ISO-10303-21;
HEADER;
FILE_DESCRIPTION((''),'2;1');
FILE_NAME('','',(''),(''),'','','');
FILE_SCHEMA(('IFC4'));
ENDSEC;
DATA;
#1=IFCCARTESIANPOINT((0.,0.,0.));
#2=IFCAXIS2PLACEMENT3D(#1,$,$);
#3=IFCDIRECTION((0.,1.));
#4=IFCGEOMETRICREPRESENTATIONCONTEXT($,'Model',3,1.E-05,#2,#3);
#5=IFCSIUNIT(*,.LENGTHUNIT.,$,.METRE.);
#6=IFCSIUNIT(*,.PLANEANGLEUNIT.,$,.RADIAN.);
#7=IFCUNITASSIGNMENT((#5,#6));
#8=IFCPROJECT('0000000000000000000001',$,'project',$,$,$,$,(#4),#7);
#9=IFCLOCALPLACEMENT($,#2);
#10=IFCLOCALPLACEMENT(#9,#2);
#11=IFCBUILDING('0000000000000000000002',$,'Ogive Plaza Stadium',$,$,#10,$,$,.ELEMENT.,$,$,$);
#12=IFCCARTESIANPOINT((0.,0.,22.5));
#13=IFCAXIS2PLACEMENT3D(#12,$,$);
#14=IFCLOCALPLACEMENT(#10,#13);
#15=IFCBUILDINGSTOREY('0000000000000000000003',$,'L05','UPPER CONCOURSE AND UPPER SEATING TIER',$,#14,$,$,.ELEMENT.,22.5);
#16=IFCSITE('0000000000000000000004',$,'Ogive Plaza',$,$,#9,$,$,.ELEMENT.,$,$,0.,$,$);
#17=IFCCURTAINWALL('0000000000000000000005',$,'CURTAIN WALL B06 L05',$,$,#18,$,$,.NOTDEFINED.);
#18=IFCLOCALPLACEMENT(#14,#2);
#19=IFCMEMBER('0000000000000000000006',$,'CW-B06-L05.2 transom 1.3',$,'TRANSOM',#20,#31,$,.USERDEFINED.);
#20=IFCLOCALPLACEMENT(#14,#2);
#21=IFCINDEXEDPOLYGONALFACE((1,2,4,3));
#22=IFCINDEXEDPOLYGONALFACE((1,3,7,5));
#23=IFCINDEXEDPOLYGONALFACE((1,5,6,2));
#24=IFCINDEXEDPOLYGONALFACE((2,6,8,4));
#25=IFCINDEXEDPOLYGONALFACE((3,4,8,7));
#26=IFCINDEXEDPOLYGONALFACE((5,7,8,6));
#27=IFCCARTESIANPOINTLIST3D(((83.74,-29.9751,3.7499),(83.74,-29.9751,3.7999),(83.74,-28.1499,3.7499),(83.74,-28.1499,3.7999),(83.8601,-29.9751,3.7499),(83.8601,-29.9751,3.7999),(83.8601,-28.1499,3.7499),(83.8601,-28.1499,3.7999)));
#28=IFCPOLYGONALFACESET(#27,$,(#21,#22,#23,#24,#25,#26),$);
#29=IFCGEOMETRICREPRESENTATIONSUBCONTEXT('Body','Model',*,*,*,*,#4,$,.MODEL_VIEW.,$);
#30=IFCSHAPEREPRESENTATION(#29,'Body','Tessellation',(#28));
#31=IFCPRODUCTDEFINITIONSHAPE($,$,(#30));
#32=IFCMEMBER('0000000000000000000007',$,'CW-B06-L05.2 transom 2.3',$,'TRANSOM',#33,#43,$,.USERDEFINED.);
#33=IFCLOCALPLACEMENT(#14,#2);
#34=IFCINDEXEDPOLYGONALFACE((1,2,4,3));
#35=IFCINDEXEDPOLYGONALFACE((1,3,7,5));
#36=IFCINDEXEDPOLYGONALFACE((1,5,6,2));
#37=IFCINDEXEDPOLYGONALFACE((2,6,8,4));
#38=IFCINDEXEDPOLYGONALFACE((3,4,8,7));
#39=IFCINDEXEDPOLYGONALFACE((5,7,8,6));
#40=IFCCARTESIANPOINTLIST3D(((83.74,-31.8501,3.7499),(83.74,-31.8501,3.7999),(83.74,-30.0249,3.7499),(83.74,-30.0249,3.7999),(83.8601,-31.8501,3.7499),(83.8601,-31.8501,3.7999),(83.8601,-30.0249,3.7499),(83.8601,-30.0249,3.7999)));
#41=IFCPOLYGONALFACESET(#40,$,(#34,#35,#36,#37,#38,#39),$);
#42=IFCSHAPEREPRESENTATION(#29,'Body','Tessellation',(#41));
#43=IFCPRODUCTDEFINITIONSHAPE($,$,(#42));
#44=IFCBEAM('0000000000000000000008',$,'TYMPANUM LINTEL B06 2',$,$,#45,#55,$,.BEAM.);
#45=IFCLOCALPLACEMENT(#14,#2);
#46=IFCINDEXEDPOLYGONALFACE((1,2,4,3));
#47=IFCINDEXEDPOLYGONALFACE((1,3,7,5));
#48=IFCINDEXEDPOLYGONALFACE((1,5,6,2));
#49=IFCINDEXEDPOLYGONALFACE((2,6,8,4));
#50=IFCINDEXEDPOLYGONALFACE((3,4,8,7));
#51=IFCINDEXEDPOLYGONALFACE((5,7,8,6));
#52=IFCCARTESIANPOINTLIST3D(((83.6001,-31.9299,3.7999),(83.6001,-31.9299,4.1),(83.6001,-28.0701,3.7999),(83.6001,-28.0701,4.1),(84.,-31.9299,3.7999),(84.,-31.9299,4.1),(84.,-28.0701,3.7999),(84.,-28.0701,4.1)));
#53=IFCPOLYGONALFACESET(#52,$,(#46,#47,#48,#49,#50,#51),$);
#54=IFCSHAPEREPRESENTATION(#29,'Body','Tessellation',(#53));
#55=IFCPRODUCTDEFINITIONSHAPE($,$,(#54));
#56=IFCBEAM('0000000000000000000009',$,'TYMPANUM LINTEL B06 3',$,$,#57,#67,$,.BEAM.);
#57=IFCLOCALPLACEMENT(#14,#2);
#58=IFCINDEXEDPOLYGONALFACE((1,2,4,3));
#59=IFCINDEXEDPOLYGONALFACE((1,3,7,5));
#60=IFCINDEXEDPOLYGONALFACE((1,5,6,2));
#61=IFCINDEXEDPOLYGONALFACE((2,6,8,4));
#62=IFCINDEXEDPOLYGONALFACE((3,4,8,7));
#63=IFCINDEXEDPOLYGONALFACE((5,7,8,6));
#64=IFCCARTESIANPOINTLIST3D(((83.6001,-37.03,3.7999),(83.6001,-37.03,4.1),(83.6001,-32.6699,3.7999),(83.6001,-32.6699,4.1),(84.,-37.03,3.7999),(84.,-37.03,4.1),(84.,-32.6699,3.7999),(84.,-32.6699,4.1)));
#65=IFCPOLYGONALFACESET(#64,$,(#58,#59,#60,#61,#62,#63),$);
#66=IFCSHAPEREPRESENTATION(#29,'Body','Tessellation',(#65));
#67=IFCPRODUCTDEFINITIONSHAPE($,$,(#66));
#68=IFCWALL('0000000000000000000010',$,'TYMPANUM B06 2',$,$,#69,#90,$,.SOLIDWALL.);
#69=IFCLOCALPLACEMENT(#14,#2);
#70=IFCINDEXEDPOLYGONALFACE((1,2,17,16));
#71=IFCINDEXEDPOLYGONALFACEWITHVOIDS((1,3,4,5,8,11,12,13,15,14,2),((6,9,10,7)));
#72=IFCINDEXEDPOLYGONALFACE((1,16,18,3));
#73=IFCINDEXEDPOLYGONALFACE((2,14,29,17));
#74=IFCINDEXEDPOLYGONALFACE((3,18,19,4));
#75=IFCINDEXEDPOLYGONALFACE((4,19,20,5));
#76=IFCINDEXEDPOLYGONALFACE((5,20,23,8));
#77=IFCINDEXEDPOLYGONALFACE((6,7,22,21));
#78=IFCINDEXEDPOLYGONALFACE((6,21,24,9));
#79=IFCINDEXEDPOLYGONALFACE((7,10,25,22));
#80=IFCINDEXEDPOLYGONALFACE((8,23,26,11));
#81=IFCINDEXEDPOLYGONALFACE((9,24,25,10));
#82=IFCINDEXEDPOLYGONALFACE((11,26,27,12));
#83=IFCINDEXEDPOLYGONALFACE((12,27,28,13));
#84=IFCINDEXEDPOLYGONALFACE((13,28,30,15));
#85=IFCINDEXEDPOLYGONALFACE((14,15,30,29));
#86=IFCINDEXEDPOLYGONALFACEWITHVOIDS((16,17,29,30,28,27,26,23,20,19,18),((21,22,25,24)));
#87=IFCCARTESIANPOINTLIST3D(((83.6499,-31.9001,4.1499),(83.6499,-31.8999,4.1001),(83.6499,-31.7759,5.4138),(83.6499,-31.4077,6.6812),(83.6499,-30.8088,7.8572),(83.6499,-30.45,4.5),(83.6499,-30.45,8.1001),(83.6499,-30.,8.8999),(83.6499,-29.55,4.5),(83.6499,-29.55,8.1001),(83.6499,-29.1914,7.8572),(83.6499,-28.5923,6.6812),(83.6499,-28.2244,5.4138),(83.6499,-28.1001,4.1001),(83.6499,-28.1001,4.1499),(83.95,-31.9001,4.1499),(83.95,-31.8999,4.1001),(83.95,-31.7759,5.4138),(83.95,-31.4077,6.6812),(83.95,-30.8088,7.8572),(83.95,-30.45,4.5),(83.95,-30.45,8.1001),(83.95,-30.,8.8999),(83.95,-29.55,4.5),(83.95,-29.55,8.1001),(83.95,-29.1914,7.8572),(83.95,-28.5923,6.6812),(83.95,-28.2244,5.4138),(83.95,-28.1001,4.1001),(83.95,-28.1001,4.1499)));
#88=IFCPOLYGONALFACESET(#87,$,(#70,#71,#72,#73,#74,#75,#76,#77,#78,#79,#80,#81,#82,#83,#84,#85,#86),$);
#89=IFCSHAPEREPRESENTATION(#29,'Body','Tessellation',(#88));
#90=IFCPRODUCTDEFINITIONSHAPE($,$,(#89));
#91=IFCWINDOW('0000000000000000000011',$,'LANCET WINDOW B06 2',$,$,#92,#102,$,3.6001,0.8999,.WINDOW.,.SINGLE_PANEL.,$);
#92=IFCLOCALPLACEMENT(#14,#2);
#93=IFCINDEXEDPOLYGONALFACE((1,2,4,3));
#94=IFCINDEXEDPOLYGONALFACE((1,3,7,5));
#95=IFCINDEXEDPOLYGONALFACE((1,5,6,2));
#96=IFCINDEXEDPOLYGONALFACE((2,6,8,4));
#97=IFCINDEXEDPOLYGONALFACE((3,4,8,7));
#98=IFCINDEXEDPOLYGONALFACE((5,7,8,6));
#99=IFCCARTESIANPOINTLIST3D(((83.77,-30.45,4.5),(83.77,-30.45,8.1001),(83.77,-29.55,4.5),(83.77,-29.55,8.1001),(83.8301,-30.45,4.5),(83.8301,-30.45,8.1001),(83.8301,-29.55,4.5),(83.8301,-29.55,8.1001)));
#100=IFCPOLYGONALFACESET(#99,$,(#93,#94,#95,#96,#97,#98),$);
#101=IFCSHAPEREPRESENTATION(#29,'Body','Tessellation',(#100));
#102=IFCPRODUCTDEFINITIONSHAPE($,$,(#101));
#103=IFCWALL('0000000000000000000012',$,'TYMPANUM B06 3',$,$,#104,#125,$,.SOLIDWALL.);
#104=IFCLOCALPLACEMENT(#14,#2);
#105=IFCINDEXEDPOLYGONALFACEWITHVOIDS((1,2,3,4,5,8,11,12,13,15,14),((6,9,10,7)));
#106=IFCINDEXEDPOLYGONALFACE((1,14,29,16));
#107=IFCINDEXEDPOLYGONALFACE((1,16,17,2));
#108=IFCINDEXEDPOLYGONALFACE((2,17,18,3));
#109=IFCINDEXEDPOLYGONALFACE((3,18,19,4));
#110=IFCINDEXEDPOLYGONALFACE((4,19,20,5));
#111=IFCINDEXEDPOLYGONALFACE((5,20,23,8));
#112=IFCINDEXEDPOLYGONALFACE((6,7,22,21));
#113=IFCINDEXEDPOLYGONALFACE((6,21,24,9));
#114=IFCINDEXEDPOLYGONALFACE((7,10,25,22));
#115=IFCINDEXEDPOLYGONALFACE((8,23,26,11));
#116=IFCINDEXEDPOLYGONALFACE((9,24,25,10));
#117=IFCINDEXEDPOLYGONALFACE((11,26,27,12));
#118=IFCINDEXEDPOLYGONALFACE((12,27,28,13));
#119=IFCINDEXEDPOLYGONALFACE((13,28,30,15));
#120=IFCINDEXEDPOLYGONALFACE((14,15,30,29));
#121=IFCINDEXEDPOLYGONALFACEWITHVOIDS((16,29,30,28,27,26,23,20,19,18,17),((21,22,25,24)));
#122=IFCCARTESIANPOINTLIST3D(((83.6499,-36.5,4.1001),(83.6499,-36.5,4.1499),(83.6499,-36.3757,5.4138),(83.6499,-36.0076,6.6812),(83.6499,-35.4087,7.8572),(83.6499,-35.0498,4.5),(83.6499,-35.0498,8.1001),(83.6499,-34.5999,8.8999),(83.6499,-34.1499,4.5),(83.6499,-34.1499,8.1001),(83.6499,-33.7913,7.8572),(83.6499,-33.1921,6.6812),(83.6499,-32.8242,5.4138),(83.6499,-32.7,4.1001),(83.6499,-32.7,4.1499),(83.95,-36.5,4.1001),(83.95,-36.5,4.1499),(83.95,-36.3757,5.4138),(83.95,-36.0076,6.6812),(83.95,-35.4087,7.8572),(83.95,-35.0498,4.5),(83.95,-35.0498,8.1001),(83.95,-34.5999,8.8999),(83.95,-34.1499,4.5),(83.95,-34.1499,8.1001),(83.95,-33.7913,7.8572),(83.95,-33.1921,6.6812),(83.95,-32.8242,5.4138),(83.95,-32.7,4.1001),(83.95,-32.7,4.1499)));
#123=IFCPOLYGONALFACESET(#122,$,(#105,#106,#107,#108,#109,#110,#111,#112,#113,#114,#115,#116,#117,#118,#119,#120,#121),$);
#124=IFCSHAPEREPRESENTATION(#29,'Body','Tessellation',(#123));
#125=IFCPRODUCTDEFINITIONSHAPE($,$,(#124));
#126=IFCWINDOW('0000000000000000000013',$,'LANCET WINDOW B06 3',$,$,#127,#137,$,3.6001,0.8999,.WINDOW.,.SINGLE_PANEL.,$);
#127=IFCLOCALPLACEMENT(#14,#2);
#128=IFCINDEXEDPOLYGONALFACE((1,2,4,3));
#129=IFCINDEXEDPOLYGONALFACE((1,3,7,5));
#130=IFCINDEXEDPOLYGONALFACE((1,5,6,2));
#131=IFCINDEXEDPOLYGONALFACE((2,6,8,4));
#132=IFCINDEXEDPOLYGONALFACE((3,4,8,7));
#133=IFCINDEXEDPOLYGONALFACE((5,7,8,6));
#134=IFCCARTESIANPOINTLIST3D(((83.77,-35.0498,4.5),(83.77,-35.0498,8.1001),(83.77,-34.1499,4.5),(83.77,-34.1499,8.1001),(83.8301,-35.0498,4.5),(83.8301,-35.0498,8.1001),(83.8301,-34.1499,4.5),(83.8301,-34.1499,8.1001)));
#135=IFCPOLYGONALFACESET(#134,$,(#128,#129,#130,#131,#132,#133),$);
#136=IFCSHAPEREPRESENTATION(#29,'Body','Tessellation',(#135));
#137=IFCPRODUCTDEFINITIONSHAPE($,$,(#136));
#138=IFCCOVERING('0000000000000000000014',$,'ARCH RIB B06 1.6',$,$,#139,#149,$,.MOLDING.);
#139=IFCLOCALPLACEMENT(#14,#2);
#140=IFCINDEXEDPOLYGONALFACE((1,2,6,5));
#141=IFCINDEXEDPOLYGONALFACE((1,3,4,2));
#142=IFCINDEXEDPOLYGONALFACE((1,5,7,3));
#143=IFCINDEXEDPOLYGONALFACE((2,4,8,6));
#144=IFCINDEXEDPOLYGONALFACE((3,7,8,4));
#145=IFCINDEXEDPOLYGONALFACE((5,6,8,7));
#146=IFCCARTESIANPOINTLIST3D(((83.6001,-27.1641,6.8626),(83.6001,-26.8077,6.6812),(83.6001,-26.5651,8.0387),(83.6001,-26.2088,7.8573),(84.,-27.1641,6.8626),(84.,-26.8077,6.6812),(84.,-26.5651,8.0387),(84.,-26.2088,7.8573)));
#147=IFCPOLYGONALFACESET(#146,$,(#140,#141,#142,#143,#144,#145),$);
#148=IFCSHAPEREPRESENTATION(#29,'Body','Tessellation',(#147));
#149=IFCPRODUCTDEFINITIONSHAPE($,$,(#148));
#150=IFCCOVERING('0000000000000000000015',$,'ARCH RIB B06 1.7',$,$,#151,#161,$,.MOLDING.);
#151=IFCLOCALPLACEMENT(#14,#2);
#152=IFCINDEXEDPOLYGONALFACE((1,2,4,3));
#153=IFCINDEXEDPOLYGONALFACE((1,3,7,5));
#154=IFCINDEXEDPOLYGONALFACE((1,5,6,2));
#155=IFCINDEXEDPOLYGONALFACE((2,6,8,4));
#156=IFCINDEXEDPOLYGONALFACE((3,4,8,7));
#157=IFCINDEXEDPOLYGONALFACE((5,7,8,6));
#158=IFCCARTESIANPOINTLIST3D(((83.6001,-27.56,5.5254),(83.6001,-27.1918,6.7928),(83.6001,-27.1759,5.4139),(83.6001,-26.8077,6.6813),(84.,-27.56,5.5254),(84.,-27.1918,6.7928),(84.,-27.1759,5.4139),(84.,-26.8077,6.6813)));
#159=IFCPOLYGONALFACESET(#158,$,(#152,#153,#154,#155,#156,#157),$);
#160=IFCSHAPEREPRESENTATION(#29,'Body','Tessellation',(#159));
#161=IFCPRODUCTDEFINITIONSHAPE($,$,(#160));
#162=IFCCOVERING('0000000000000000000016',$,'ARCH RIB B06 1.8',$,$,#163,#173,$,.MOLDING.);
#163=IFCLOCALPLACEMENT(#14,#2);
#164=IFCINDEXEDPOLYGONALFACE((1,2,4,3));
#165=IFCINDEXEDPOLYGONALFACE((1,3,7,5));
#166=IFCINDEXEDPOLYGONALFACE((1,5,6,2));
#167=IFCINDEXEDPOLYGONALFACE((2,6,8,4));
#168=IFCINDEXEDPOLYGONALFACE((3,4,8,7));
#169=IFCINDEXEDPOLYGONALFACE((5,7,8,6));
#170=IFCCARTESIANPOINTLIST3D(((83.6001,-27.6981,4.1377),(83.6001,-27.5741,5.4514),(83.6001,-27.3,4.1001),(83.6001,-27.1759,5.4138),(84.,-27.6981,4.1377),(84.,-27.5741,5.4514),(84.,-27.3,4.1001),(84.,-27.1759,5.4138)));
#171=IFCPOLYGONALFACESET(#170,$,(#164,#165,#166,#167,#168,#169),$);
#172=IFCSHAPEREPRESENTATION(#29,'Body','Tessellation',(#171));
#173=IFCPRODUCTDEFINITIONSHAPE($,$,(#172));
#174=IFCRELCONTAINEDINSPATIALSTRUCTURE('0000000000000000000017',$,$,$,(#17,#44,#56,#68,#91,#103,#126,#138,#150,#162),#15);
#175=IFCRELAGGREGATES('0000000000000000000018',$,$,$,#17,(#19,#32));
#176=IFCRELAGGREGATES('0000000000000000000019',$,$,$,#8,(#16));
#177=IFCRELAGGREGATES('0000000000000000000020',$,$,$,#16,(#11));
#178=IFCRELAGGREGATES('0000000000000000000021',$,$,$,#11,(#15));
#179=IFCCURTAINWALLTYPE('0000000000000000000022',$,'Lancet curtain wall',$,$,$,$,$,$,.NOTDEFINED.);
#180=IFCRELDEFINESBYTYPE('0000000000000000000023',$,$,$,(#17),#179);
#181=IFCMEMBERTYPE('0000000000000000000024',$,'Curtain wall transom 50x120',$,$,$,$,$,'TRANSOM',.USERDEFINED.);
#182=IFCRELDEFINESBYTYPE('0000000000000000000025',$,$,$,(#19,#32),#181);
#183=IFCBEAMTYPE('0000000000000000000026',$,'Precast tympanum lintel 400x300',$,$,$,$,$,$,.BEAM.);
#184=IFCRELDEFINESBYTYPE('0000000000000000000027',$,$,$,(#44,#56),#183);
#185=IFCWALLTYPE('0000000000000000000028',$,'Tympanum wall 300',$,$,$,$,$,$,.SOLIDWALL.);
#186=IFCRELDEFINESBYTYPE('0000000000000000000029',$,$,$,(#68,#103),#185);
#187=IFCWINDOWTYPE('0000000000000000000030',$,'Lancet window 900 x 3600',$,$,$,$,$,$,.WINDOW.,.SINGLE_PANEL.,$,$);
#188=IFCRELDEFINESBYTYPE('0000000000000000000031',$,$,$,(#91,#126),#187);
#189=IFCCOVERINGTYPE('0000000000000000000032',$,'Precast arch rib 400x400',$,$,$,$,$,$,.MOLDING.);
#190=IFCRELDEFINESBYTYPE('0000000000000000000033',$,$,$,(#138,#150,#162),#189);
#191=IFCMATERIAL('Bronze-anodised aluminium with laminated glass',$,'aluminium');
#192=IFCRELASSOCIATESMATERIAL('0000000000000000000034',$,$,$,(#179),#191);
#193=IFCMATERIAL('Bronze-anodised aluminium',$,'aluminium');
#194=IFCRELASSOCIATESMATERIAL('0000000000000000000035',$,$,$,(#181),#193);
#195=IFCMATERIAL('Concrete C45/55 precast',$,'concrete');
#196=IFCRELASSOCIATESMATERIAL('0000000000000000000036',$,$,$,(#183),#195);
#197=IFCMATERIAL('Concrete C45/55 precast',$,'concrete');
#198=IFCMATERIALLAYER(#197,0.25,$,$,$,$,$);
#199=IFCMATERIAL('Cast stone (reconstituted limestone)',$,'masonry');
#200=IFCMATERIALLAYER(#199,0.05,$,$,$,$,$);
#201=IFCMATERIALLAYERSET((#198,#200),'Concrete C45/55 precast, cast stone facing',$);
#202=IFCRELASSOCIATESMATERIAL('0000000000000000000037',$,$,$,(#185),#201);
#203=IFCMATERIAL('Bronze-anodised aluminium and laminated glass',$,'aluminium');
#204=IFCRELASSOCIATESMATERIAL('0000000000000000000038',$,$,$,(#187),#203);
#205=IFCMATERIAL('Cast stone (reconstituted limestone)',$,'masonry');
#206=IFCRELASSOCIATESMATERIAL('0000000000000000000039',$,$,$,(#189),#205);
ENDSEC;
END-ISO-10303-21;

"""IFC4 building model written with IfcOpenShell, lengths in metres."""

from ifc_helpers import new_model, si_unit, direction, frame, frame_2d, origin, origin_2d, place, context, subcontext, project, spatial, polyline, rectangle, outline, extrude, material, layer, layer_set, material_profile, profile_set, type_object, element, fill, aggregate, save


model = new_model("IFC4")

# Units and contexts
model_context = context("Model", 3, precision=1e-05, world=origin(), true_north=direction((0.0, 1.0)))
body_context = subcontext(model_context, "Body", "Model", "MODEL_VIEW")
ifc_project = project(units=[si_unit("LENGTHUNIT", "METRE"), si_unit("PLANEANGLEUNIT", "RADIAN")], contexts=[model_context])

# Site, building, storey
site_placement = place(None, origin())
site = spatial("IfcSite", under=ifc_project, at=site_placement, Name="Ogive Plaza", CompositionType="ELEMENT", RefElevation=0.0)
building_placement = place(site_placement, origin())
building = spatial("IfcBuilding", under=site, at=building_placement, Name="Ogive Plaza Stadium", CompositionType="ELEMENT")
storey_placement = place(building_placement, frame((0.0, 0.0, 22.5)))
storey = spatial("IfcBuildingStorey", under=building, at=storey_placement, Name="L05", Description="UPPER CONCOURSE AND UPPER SEATING TIER", CompositionType="ELEMENT", Elevation=22.5)

# Curtain wall, members
ifc_material_1 = material(Name="Bronze-anodised aluminium with laminated glass", Category="aluminium")
curtain_wall_type = type_object("IfcCurtainWallType", Name="Lancet curtain wall", PredefinedType="NOTDEFINED", material=ifc_material_1)
curtain_wall_placement = place(storey_placement, origin())
curtain_wall = element("IfcCurtainWall", 1, at=curtain_wall_placement, inside=storey, type_object=curtain_wall_type, Name="CURTAIN WALL B06 L05", PredefinedType="NOTDEFINED")
ifc_material_2 = material(Name="Bronze-anodised aluminium", Category="aluminium")
ifc_material_profile_1 = material_profile(ifc_material_2, rectangle(XDim=0.1201, YDim=0.05, at=origin_2d()), Name="AL 120x50")
ifc_profile_set_1 = profile_set([ifc_material_profile_1], Name="Bronze-anodised aluminium")
member_type = type_object("IfcMemberType", Name="Curtain wall transom 50x120", ElementType="TRANSOM", PredefinedType="USERDEFINED", material=ifc_profile_set_1)
member_1_placement = place(storey_placement, frame((83.8, -28.1499, 3.7749), z_axis=(0.0, -1.0, 0.0), x_axis=(1.0, 0.0, 0.0)))
member_1 = element("IfcMember", 2, at=member_1_placement, type_object=member_type, Name="CW-B06-L05.2 transom 1.3", ObjectType="TRANSOM", PredefinedType="USERDEFINED", context=body_context, shape_type="SweptSolid", body=[
    extrude(rectangle(XDim=0.1201, YDim=0.05, at=origin_2d()), origin(), (0.0, 0.0, 1.0), 1.8252),
])
member_2_placement = place(storey_placement, frame((83.8, -30.0249, 3.7749), z_axis=(0.0, -1.0, 0.0), x_axis=(1.0, 0.0, 0.0)))
member_2 = element("IfcMember", 3, at=member_2_placement, type_object=member_type, Name="CW-B06-L05.2 transom 2.3", ObjectType="TRANSOM", PredefinedType="USERDEFINED", context=body_context, shape_type="SweptSolid", body=[
    extrude(rectangle(XDim=0.1201, YDim=0.05, at=origin_2d()), origin(), (0.0, 0.0, 1.0), 1.8252),
])
aggregate(curtain_wall, [member_1, member_2])

# Beams
ifc_material_3 = material(Name="Concrete C45/55 precast", Category="concrete")
ifc_material_profile_2 = material_profile(ifc_material_3, rectangle(XDim=0.3999, YDim=0.3, at=origin_2d()), Name="RC 400x300")
ifc_profile_set_2 = profile_set([ifc_material_profile_2], Name="Concrete C45/55 precast")
beam_type = type_object("IfcBeamType", Name="Precast tympanum lintel 400x300", PredefinedType="BEAM", material=ifc_profile_set_2)
beam_1_placement = place(storey_placement, frame((83.8, -28.0701, 3.95), z_axis=(0.0, -1.0, 0.0), x_axis=(1.0, 0.0, 0.0)))
element("IfcBeam", 4, at=beam_1_placement, inside=storey, type_object=beam_type, Name="TYMPANUM LINTEL B06 2", PredefinedType="BEAM", context=body_context, shape_type="SweptSolid", body=[
    extrude(rectangle(XDim=0.3999, YDim=0.3, at=origin_2d()), origin(), (0.0, 0.0, 1.0), 3.8599),
])
beam_2_placement = place(storey_placement, frame((83.8, -32.6699, 3.95), z_axis=(0.0, -1.0, 0.0), x_axis=(1.0, 0.0, 0.0)))
element("IfcBeam", 5, at=beam_2_placement, inside=storey, type_object=beam_type, Name="TYMPANUM LINTEL B06 3", PredefinedType="BEAM", context=body_context, shape_type="SweptSolid", body=[
    extrude(rectangle(XDim=0.3999, YDim=0.3, at=origin_2d()), origin(), (0.0, 0.0, 1.0), 4.3601),
])

# Walls, openings, windows
ifc_material_4 = material(Name="Concrete C45/55 precast", Category="concrete")
ifc_layer_1 = layer(ifc_material_4, 0.25)
ifc_material_5 = material(Name="Cast stone (reconstituted limestone)", Category="masonry")
ifc_layer_2 = layer(ifc_material_5, 0.05)
ifc_layer_set = layer_set([ifc_layer_1, ifc_layer_2], Name="Concrete C45/55 precast, cast stone facing")
wall_type = type_object("IfcWallType", Name="Tympanum wall 300", PredefinedType="SOLIDWALL", material=ifc_layer_set)
wall_1_placement = place(storey_placement, frame((83.8, -28.1001, 4.1001), z_axis=(0.0, 0.0, 1.0), x_axis=(0.0, -1.0, 0.0)))
wall_1 = element("IfcWall", 6, at=wall_1_placement, inside=storey, type_object=wall_type, Name="TYMPANUM B06 2", PredefinedType="SOLIDWALL", context=body_context, shape_type="SweptSolid", body=[
    extrude(outline(polyline([(0.0, 0.0), (3.7998, 0.0), (3.8, 0.0498), (3.6758, 1.3137), (3.3076, 2.5811), (2.7087, 3.7571), (1.8999, 4.7998), (1.0913, 3.7571), (0.4922, 2.5811), (0.1243, 1.3137), (0.0, 0.0498), (0.0, 0.0)])), frame((0.0, 0.1499, 0.0), z_axis=(0.0, -1.0, 0.0), x_axis=(1.0, 0.0, 0.0)), (0.0, 0.0, 1.0), 0.3),
])
opening_1_placement = place(wall_1_placement, frame((1.45, 0.0, 0.3999)))
opening_1 = element("IfcOpeningElement", 7, at=opening_1_placement, cuts=wall_1, PredefinedType="OPENING", context=body_context, shape_type="SweptSolid", body=[
    extrude(rectangle(XDim=0.8999, YDim=3.6001, at=frame_2d((0.45, 1.8))), frame((0.0, 0.1602, 0.0), z_axis=(0.0, -1.0, 0.0), x_axis=(1.0, 0.0, 0.0)), (0.0, 0.0, 1.0), 0.3201),
])
ifc_material_6 = material(Name="Bronze-anodised aluminium and laminated glass", Category="aluminium")
window_type = type_object("IfcWindowType", Name="Lancet window 900 x 3600", PartitioningType="SINGLE_PANEL", PredefinedType="WINDOW", material=ifc_material_6)
window_1_placement = place(opening_1_placement, origin())
window_1 = element("IfcWindow", 8, at=window_1_placement, inside=storey, type_object=window_type, Name="LANCET WINDOW B06 2", OverallHeight=3.6001, OverallWidth=0.8999, PartitioningType="SINGLE_PANEL", PredefinedType="WINDOW", context=body_context, shape_type="SweptSolid", body=[
    extrude(rectangle(XDim=0.8999, YDim=3.6001, at=frame_2d((0.45, 1.8))), frame((0.0, 0.03, 0.0), z_axis=(0.0, -1.0, 0.0), x_axis=(1.0, 0.0, 0.0)), (0.0, 0.0, 1.0), 0.0601),
])
fill(opening_1, window_1)
wall_2_placement = place(storey_placement, frame((83.8, -32.7, 4.1001), z_axis=(0.0, 0.0, 1.0), x_axis=(0.0, -1.0, 0.0)))
wall_2 = element("IfcWall", 9, at=wall_2_placement, inside=storey, type_object=wall_type, Name="TYMPANUM B06 3", PredefinedType="SOLIDWALL", context=body_context, shape_type="SweptSolid", body=[
    extrude(outline(polyline([(0.0, 0.0), (3.8, 0.0), (3.8, 0.0498), (3.6758, 1.3137), (3.3076, 2.5811), (2.7087, 3.7571), (1.8999, 4.7998), (1.0913, 3.7571), (0.4922, 2.5811), (0.1243, 1.3137), (0.0, 0.0498), (0.0, 0.0)])), frame((0.0, 0.1499, 0.0), z_axis=(0.0, -1.0, 0.0), x_axis=(1.0, 0.0, 0.0)), (0.0, 0.0, 1.0), 0.3),
])
opening_2_placement = place(wall_2_placement, frame((1.45, 0.0, 0.3999)))
opening_2 = element("IfcOpeningElement", 10, at=opening_2_placement, cuts=wall_2, PredefinedType="OPENING", context=body_context, shape_type="SweptSolid", body=[
    extrude(rectangle(XDim=0.8999, YDim=3.6001, at=frame_2d((0.45, 1.8))), frame((0.0, 0.1602, 0.0), z_axis=(0.0, -1.0, 0.0), x_axis=(1.0, 0.0, 0.0)), (0.0, 0.0, 1.0), 0.3201),
])
window_2_placement = place(opening_2_placement, origin())
window_2 = element("IfcWindow", 11, at=window_2_placement, inside=storey, type_object=window_type, Name="LANCET WINDOW B06 3", OverallHeight=3.6001, OverallWidth=0.8999, PartitioningType="SINGLE_PANEL", PredefinedType="WINDOW", context=body_context, shape_type="SweptSolid", body=[
    extrude(rectangle(XDim=0.8999, YDim=3.6001, at=frame_2d((0.45, 1.8))), frame((0.0, 0.03, 0.0), z_axis=(0.0, -1.0, 0.0), x_axis=(1.0, 0.0, 0.0)), (0.0, 0.0, 1.0), 0.0601),
])
fill(opening_2, window_2)

# Coverings
ifc_material_7 = material(Name="Cast stone (reconstituted limestone)", Category="masonry")
ifc_material_profile_3 = material_profile(ifc_material_7, rectangle(XDim=0.3999, YDim=0.3999, at=origin_2d()), Name="Cast stone 400x400")
ifc_profile_set_3 = profile_set([ifc_material_profile_3], Name="Cast stone (reconstituted limestone)")
covering_type = type_object("IfcCoveringType", Name="Precast arch rib 400x400", PredefinedType="MOLDING", material=ifc_profile_set_3)
for number, where, z_axis, x_axis, name in (
    (12, (83.8, -26.387, 7.948), (0.0, -0.453787, -0.89111), (1.0, 0.0, 0.0), "ARCH RIB B06 1.6"),
    (13, (83.8, -26.9998, 6.7371), (0.0, -0.27897, -0.9603), (1.0, 0.0, 0.0), "ARCH RIB B06 1.7"),
):
    element("IfcCovering", number, at=place(storey_placement, frame(where, z_axis=z_axis, x_axis=x_axis)), inside=storey, type_object=covering_type, Name=name, PredefinedType="MOLDING", context=body_context, shape_type="SweptSolid", body=[
        extrude(rectangle(XDim=0.3999, YDim=0.3999, at=origin_2d()), origin(), (0.0, 0.0, 1.0), 1.3198),
    ])
for number, where, z_axis, x_axis, name in (
    (14, (83.8, -27.375, 5.4326), (0.0, -0.093988, -0.995573), (1.0, 0.0, 0.0), "ARCH RIB B06 1.8"),
):
    element("IfcCovering", number, at=place(storey_placement, frame(where, z_axis=z_axis, x_axis=x_axis)), inside=storey, type_object=covering_type, Name=name, PredefinedType="MOLDING", context=body_context, shape_type="SweptSolid", body=[
        extrude(rectangle(XDim=0.3999, YDim=0.3999, at=origin_2d()), origin(), (0.0, 0.0, 1.0), 1.3196),
    ])

save(model, "model.ifc")
